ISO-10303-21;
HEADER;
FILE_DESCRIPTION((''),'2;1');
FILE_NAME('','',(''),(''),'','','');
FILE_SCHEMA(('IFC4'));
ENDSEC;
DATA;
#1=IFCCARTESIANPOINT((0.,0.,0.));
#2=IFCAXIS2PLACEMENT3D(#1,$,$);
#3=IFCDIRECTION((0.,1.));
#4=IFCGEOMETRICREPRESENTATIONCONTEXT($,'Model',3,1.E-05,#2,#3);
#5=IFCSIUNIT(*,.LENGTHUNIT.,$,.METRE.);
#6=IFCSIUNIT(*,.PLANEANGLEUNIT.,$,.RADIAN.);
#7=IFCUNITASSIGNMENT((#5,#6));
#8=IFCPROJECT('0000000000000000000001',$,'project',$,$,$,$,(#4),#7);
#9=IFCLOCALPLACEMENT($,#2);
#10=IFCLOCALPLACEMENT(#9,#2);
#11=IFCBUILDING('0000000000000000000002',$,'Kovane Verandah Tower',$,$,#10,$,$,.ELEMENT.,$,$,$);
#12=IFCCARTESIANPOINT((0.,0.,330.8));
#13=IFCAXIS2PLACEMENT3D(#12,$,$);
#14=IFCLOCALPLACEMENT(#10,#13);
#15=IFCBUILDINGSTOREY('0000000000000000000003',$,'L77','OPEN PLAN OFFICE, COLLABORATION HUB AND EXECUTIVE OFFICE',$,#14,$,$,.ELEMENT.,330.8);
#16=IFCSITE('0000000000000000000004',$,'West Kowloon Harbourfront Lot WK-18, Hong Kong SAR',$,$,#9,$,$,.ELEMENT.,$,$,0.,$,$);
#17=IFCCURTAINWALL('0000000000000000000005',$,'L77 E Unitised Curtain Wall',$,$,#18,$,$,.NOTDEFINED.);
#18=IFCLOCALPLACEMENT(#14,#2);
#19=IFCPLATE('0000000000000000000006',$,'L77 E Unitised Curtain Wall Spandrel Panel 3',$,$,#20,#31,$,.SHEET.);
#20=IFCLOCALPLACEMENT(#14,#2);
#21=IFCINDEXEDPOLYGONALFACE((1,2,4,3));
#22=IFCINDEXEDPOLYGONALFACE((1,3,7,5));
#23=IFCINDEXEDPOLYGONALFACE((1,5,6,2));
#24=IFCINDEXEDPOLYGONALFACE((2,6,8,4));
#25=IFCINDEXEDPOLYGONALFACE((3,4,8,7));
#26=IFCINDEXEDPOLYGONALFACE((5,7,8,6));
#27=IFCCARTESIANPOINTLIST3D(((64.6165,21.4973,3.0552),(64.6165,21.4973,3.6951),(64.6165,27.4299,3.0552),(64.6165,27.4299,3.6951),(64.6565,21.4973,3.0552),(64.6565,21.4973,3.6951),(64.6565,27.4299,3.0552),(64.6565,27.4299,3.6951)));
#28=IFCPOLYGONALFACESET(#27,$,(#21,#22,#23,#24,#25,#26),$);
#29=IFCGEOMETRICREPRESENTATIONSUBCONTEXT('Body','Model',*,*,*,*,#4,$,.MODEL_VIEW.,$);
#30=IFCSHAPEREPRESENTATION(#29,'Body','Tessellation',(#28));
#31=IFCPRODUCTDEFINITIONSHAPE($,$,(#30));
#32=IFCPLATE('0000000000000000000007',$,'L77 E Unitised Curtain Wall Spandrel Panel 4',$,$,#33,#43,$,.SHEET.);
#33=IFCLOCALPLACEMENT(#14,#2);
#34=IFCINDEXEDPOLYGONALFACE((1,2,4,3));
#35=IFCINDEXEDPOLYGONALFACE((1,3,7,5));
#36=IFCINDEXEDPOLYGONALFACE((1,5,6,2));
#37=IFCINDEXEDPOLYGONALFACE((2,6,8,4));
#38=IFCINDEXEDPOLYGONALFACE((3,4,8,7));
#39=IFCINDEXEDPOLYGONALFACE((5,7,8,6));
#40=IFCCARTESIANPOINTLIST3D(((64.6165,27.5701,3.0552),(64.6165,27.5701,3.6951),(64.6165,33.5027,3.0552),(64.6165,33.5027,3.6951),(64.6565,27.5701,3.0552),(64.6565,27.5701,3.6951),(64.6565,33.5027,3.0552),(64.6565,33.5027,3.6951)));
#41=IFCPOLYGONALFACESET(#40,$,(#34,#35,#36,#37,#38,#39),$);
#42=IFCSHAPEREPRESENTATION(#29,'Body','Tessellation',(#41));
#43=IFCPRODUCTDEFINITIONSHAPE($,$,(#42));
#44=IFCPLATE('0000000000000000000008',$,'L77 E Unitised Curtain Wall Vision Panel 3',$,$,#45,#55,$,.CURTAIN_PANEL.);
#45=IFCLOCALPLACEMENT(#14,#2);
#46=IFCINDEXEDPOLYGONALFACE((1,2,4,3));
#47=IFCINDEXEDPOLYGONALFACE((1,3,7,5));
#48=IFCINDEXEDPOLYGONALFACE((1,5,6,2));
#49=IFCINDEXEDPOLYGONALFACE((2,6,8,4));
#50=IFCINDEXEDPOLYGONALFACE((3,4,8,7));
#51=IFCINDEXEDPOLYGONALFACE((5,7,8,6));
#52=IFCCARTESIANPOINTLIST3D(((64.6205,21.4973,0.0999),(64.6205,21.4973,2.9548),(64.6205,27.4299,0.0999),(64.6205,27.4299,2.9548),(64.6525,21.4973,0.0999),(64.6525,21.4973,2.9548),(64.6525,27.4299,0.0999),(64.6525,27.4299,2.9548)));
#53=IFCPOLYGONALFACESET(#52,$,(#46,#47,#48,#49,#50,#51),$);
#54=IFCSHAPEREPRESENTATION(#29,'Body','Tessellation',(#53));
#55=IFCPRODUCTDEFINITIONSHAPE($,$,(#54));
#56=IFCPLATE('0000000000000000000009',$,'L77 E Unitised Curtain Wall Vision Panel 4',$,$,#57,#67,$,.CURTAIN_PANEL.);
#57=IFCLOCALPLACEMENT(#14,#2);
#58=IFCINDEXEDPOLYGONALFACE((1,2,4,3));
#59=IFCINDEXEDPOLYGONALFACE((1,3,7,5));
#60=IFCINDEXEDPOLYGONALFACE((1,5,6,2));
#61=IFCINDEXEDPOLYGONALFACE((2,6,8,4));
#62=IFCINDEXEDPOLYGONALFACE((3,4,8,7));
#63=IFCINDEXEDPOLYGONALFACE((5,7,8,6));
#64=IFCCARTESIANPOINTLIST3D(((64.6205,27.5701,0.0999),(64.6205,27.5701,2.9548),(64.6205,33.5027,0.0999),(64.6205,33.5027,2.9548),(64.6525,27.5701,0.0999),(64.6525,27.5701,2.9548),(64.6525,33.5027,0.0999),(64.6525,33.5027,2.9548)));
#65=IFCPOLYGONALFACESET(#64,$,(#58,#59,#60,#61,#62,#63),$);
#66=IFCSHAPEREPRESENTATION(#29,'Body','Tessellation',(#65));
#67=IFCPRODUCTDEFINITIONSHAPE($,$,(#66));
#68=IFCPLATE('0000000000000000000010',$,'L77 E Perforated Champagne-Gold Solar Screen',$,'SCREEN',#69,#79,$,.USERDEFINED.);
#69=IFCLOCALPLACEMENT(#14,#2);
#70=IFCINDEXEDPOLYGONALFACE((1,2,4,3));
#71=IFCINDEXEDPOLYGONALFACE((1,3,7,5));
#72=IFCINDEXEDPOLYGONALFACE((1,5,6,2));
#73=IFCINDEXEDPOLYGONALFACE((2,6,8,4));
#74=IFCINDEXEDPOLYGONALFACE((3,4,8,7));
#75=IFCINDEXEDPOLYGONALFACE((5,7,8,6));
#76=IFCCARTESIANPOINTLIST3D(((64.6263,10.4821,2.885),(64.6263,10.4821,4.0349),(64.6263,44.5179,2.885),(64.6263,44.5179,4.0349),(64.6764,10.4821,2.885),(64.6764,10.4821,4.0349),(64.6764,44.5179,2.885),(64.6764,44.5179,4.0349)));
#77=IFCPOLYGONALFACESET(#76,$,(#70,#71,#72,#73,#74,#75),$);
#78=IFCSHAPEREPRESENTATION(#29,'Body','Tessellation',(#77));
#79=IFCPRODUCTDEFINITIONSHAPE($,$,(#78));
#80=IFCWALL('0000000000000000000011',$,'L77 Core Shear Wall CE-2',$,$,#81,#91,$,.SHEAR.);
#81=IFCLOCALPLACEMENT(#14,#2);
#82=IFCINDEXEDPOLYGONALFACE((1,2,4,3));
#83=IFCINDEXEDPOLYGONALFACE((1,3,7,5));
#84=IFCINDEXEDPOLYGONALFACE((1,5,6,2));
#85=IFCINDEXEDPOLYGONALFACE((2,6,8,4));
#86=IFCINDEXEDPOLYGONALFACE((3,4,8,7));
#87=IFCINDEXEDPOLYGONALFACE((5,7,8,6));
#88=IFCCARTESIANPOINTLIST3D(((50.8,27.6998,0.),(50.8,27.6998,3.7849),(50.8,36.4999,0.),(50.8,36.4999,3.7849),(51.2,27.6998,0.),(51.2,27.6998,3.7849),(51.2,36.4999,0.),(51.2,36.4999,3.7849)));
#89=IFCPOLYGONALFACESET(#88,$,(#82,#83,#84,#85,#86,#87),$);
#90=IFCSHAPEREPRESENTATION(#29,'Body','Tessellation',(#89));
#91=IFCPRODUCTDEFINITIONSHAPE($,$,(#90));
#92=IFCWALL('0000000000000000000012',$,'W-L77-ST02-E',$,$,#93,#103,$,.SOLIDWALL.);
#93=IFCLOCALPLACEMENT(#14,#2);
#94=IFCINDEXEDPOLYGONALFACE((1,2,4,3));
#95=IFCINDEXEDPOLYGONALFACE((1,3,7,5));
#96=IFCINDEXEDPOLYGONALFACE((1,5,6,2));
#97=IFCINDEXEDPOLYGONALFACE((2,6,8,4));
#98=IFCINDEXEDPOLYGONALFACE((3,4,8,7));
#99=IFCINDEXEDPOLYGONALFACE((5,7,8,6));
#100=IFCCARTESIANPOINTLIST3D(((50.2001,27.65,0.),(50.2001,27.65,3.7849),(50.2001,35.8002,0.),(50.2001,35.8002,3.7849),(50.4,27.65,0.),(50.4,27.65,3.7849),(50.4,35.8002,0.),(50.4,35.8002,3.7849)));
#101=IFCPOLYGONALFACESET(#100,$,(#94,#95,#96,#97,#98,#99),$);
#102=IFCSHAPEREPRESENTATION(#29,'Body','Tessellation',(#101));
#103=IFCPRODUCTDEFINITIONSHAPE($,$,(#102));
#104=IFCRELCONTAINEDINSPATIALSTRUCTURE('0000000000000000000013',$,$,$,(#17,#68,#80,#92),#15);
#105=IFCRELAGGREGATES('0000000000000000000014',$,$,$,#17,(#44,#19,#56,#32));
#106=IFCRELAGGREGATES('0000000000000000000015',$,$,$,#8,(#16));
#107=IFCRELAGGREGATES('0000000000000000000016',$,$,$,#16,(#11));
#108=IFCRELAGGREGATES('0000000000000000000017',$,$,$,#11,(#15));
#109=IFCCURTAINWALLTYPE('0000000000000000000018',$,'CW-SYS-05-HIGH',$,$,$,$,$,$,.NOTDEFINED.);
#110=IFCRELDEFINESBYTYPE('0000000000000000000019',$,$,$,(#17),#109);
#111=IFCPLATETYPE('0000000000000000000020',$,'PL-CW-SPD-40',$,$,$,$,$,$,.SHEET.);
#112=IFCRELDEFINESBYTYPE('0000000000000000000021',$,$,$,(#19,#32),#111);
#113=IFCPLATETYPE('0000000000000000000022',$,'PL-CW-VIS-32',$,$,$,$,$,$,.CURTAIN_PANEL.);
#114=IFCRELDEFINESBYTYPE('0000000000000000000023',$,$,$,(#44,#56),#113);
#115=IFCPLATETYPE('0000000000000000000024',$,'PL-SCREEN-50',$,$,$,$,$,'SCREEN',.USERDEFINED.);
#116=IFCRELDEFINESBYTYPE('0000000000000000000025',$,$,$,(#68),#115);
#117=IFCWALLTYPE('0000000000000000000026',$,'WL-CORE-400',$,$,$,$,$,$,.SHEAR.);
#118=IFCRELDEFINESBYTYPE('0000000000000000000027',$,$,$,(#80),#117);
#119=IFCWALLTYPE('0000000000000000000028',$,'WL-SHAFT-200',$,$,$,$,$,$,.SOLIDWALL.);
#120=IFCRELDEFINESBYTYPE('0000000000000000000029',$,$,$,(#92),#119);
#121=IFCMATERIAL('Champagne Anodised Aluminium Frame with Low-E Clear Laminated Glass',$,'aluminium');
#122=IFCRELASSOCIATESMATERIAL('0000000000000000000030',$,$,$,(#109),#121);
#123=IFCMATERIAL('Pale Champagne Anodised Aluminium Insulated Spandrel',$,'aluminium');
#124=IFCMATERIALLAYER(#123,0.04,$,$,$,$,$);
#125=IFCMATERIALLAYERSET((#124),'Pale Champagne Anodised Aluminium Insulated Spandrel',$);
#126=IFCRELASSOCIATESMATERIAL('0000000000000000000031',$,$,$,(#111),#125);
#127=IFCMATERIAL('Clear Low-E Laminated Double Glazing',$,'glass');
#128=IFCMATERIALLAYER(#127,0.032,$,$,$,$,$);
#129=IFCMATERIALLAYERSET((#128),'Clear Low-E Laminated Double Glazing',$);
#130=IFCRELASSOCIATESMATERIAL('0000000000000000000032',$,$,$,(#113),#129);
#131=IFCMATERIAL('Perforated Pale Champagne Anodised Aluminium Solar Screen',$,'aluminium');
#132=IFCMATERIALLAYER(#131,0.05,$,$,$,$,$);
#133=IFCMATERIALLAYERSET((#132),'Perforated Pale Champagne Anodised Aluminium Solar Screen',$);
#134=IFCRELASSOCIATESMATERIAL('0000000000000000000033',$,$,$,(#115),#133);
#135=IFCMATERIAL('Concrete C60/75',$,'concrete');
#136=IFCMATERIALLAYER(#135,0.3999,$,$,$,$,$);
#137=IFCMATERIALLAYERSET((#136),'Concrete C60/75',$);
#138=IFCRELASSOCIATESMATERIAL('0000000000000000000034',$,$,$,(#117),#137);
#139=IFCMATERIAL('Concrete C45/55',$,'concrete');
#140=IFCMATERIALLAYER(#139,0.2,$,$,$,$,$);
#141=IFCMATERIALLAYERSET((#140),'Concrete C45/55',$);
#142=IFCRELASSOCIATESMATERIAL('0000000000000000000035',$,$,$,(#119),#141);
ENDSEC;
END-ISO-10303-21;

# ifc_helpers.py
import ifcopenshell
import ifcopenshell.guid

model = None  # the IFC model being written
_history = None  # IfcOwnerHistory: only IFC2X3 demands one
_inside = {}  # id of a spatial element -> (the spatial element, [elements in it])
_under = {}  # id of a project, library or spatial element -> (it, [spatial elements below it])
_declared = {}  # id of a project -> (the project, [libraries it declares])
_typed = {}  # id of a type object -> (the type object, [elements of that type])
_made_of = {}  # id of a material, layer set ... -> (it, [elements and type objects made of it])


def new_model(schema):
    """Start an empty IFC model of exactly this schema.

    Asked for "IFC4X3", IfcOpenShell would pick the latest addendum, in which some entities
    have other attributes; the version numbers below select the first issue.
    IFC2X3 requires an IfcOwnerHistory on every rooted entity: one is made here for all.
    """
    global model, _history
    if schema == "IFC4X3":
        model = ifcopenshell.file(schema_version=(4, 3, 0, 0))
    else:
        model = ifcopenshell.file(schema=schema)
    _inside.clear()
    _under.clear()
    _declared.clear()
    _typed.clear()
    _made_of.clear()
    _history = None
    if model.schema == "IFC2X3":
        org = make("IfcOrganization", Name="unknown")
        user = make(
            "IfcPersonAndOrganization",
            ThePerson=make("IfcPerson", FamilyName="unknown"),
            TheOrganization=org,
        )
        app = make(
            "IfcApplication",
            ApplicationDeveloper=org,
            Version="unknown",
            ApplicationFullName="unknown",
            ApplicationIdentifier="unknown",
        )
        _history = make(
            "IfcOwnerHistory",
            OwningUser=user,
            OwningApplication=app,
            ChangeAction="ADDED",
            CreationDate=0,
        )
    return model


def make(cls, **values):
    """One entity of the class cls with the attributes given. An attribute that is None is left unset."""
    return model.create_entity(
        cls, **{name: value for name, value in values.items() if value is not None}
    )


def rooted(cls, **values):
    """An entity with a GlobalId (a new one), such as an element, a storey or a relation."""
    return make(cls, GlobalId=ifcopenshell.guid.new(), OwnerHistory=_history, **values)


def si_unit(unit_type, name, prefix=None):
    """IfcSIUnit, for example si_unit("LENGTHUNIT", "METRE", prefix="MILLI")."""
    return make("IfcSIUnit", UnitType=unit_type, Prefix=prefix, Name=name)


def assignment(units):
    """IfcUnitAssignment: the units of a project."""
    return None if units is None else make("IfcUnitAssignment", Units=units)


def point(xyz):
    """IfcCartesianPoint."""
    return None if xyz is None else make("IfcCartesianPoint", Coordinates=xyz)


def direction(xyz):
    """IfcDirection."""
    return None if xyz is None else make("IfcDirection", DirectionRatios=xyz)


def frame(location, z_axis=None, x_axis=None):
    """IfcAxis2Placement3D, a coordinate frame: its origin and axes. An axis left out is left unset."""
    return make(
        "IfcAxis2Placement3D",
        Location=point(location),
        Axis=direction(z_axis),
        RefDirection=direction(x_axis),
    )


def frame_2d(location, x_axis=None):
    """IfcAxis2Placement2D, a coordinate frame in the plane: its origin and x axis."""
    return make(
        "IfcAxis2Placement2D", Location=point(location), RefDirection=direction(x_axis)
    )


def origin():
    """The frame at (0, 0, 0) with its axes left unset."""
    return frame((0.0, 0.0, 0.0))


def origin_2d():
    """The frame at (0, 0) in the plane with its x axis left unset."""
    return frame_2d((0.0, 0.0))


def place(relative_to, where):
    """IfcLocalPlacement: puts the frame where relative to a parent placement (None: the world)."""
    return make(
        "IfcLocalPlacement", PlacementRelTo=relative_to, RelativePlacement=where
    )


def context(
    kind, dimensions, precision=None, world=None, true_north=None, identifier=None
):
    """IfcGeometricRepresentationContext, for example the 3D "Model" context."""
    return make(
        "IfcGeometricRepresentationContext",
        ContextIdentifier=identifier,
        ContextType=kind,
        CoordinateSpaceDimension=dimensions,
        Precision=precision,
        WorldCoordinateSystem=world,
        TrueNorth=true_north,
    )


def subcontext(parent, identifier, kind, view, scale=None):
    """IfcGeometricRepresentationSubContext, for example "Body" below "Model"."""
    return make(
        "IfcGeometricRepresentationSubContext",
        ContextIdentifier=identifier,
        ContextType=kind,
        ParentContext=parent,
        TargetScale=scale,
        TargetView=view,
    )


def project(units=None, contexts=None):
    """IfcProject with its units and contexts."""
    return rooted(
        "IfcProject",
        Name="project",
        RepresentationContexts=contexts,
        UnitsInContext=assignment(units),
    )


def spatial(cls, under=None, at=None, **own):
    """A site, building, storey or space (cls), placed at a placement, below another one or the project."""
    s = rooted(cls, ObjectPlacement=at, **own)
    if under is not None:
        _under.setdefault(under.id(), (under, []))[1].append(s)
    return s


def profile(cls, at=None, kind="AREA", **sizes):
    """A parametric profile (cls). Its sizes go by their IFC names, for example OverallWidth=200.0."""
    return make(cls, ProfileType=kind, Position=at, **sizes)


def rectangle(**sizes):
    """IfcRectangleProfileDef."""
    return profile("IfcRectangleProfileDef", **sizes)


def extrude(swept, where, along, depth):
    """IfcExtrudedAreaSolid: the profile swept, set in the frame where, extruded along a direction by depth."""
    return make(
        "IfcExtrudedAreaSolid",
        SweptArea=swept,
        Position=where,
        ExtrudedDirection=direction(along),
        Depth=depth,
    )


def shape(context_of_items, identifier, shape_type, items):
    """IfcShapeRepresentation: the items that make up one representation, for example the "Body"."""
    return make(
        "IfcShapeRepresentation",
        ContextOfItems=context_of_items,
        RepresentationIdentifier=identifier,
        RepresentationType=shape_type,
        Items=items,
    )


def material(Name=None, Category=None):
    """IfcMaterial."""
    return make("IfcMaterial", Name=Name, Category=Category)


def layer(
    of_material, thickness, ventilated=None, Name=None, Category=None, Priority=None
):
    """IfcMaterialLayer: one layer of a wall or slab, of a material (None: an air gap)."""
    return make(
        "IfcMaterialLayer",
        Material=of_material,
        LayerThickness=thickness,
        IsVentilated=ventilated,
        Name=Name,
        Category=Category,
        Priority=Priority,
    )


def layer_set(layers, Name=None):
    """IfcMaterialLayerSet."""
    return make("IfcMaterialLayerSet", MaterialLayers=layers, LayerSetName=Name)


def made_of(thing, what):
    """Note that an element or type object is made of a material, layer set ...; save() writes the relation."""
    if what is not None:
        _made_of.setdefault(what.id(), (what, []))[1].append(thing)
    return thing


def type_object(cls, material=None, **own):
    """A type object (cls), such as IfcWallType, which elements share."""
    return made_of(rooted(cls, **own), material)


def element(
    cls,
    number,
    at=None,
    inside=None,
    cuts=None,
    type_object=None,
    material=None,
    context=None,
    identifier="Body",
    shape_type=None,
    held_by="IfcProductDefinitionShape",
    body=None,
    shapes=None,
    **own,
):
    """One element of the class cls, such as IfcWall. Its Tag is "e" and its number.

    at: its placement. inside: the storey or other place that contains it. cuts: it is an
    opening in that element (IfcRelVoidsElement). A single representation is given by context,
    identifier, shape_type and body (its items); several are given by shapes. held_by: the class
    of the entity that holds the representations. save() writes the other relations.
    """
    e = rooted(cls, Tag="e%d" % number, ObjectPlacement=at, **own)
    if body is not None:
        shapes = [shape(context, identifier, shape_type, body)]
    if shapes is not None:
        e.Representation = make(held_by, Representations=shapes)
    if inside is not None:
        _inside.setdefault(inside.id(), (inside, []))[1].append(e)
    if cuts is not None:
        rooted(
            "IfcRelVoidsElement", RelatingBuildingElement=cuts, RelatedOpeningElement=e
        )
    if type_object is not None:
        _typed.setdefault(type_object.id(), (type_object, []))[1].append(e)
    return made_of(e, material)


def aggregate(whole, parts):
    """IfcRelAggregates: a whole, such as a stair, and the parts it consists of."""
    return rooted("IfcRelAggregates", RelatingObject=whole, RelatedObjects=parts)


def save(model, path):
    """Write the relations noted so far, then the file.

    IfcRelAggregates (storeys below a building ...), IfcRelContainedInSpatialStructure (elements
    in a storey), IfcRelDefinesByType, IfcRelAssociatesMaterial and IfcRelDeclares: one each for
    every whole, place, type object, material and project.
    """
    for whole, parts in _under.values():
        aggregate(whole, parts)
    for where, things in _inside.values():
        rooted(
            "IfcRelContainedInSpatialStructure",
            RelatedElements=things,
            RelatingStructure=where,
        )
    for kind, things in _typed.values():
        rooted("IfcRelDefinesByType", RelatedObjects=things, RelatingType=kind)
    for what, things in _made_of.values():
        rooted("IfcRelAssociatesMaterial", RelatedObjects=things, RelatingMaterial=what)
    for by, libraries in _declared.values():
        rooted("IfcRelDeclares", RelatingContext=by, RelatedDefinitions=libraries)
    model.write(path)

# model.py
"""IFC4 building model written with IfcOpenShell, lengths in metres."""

from ifc_helpers import new_model, si_unit, direction, frame, frame_2d, origin, origin_2d, place, context, subcontext, project, spatial, rectangle, extrude, material, layer, layer_set, type_object, element, aggregate, save


model = new_model("IFC4")

# Units and contexts
model_context = context("Model", 3, precision=1e-05, world=origin(), true_north=direction((0.0, 1.0)))
body_context = subcontext(model_context, "Body", "Model", "MODEL_VIEW")
ifc_project = project(units=[si_unit("LENGTHUNIT", "METRE"), si_unit("PLANEANGLEUNIT", "RADIAN")], contexts=[model_context])

# Site, building, storey
site_placement = place(None, origin())
site = spatial("IfcSite", under=ifc_project, at=site_placement, Name="West Kowloon Harbourfront Lot WK-18, Hong Kong SAR", CompositionType="ELEMENT", RefElevation=0.0)
building_placement = place(site_placement, origin())
building = spatial("IfcBuilding", under=site, at=building_placement, Name="Kovane Verandah Tower", CompositionType="ELEMENT")
storey_placement = place(building_placement, frame((0.0, 0.0, 330.8)))
storey = spatial("IfcBuildingStorey", under=building, at=storey_placement, Name="L77", Description="OPEN PLAN OFFICE, COLLABORATION HUB AND EXECUTIVE OFFICE", CompositionType="ELEMENT", Elevation=330.8)

# Shared definitions
ifc_material_1 = material(Name="Concrete C60/75", Category="concrete")

# Curtain wall
ifc_material_2 = material(Name="Champagne Anodised Aluminium Frame with Low-E Clear Laminated Glass", Category="aluminium")
curtain_wall_type = type_object("IfcCurtainWallType", Name="CW-SYS-05-HIGH", PredefinedType="NOTDEFINED", material=ifc_material_2)
curtain_wall_placement = place(storey_placement, origin())
curtain_wall = element("IfcCurtainWall", 1, at=curtain_wall_placement, inside=storey, type_object=curtain_wall_type, Name="L77 E Unitised Curtain Wall", PredefinedType="NOTDEFINED")

# Plates
ifc_material_3 = material(Name="Pale Champagne Anodised Aluminium Insulated Spandrel", Category="aluminium")
ifc_layer_1 = layer(ifc_material_3, 0.04)
ifc_layer_set_1 = layer_set([ifc_layer_1], Name="Pale Champagne Anodised Aluminium Insulated Spandrel")
plate_type_1 = type_object("IfcPlateType", Name="PL-CW-SPD-40", PredefinedType="SHEET", material=ifc_layer_set_1)
plate_1_placement = place(storey_placement, frame((64.6365, 24.4636, 3.0552), z_axis=(0.0, 0.0, 1.0), x_axis=(0.0, 1.0, 0.0)))
plate_1 = element("IfcPlate", 2, at=plate_1_placement, type_object=plate_type_1, Name="L77 E Unitised Curtain Wall Spandrel Panel 3", PredefinedType="SHEET", context=body_context, shape_type="SweptSolid", body=[
    extrude(rectangle(XDim=5.9326, YDim=0.04, at=origin_2d()), origin(), (0.0, 0.0, 1.0), 0.6399),
])
plate_2_placement = place(storey_placement, frame((64.6365, 30.5364, 3.0552), z_axis=(0.0, 0.0, 1.0), x_axis=(0.0, 1.0, 0.0)))
plate_2 = element("IfcPlate", 3, at=plate_2_placement, type_object=plate_type_1, Name="L77 E Unitised Curtain Wall Spandrel Panel 4", PredefinedType="SHEET", context=body_context, shape_type="SweptSolid", body=[
    extrude(rectangle(XDim=5.9326, YDim=0.04, at=origin_2d()), origin(), (0.0, 0.0, 1.0), 0.6399),
])
ifc_material_4 = material(Name="Clear Low-E Laminated Double Glazing", Category="glass")
ifc_layer_2 = layer(ifc_material_4, 0.032)
ifc_layer_set_2 = layer_set([ifc_layer_2], Name="Clear Low-E Laminated Double Glazing")
plate_type_2 = type_object("IfcPlateType", Name="PL-CW-VIS-32", PredefinedType="CURTAIN_PANEL", material=ifc_layer_set_2)
plate_3_placement = place(storey_placement, frame((64.6365, 24.4636, 0.0999), z_axis=(0.0, 0.0, 1.0), x_axis=(0.0, 1.0, 0.0)))
plate_3 = element("IfcPlate", 4, at=plate_3_placement, type_object=plate_type_2, Name="L77 E Unitised Curtain Wall Vision Panel 3", PredefinedType="CURTAIN_PANEL", context=body_context, shape_type="SweptSolid", body=[
    extrude(rectangle(XDim=5.9326, YDim=0.032, at=origin_2d()), origin(), (0.0, 0.0, 1.0), 2.855),
])
plate_4_placement = place(storey_placement, frame((64.6365, 30.5364, 0.0999), z_axis=(0.0, 0.0, 1.0), x_axis=(0.0, 1.0, 0.0)))
plate_4 = element("IfcPlate", 5, at=plate_4_placement, type_object=plate_type_2, Name="L77 E Unitised Curtain Wall Vision Panel 4", PredefinedType="CURTAIN_PANEL", context=body_context, shape_type="SweptSolid", body=[
    extrude(rectangle(XDim=5.9326, YDim=0.032, at=origin_2d()), origin(), (0.0, 0.0, 1.0), 2.855),
])
aggregate(curtain_wall, [plate_3, plate_1, plate_4, plate_2])
ifc_material_5 = material(Name="Perforated Pale Champagne Anodised Aluminium Solar Screen", Category="aluminium")
ifc_layer_3 = layer(ifc_material_5, 0.05)
ifc_layer_set_3 = layer_set([ifc_layer_3], Name="Perforated Pale Champagne Anodised Aluminium Solar Screen")
plate_type_3 = type_object("IfcPlateType", Name="PL-SCREEN-50", ElementType="SCREEN", PredefinedType="USERDEFINED", material=ifc_layer_set_3)
plate_5_placement = place(storey_placement, frame((64.6514, 27.5, 2.885), z_axis=(0.0, 0.0, 1.0), x_axis=(0.0, 1.0, 0.0)))
element("IfcPlate", 6, at=plate_5_placement, inside=storey, type_object=plate_type_3, Name="L77 E Perforated Champagne-Gold Solar Screen", ObjectType="SCREEN", PredefinedType="USERDEFINED", context=body_context, shape_type="SweptSolid", body=[
    extrude(rectangle(XDim=34.0359, YDim=0.05, at=origin_2d()), origin(), (0.0, 0.0, 1.0), 1.1499),
])

# Walls
ifc_layer_4 = layer(ifc_material_1, 0.3999)
ifc_layer_set_4 = layer_set([ifc_layer_4], Name="Concrete C60/75")
wall_type_1 = type_object("IfcWallType", Name="WL-CORE-400", PredefinedType="SHEAR", material=ifc_layer_set_4)
wall_1_placement = place(storey_placement, frame((51.0, 27.7, 0.0), z_axis=(0.0, 0.0, 1.0), x_axis=(0.0, 1.0, 0.0)))
element("IfcWall", 7, at=wall_1_placement, inside=storey, type_object=wall_type_1, Name="L77 Core Shear Wall CE-2", PredefinedType="SHEAR", context=body_context, shape_type="SweptSolid", body=[
    extrude(rectangle(XDim=8.8, YDim=0.3999, at=frame_2d((4.3999, 0.0))), origin(), (0.0, 0.0, 1.0), 3.7849),
])
ifc_material_6 = material(Name="Concrete C45/55", Category="concrete")
ifc_layer_5 = layer(ifc_material_6, 0.2)
ifc_layer_set_5 = layer_set([ifc_layer_5], Name="Concrete C45/55")
wall_type_2 = type_object("IfcWallType", Name="WL-SHAFT-200", PredefinedType="SOLIDWALL", material=ifc_layer_set_5)
wall_2_placement = place(storey_placement, frame((50.3, 27.6499, 0.0), z_axis=(0.0, 0.0, 1.0), x_axis=(0.0, 1.0, 0.0)))
element("IfcWall", 8, at=wall_2_placement, inside=storey, type_object=wall_type_2, Name="W-L77-ST02-E", PredefinedType="SOLIDWALL", context=body_context, shape_type="SweptSolid", body=[
    extrude(rectangle(XDim=8.1501, YDim=0.2, at=frame_2d((4.0752, 0.0))), origin(), (0.0, 0.0, 1.0), 3.7849),
])

save(model, "model.ifc")
